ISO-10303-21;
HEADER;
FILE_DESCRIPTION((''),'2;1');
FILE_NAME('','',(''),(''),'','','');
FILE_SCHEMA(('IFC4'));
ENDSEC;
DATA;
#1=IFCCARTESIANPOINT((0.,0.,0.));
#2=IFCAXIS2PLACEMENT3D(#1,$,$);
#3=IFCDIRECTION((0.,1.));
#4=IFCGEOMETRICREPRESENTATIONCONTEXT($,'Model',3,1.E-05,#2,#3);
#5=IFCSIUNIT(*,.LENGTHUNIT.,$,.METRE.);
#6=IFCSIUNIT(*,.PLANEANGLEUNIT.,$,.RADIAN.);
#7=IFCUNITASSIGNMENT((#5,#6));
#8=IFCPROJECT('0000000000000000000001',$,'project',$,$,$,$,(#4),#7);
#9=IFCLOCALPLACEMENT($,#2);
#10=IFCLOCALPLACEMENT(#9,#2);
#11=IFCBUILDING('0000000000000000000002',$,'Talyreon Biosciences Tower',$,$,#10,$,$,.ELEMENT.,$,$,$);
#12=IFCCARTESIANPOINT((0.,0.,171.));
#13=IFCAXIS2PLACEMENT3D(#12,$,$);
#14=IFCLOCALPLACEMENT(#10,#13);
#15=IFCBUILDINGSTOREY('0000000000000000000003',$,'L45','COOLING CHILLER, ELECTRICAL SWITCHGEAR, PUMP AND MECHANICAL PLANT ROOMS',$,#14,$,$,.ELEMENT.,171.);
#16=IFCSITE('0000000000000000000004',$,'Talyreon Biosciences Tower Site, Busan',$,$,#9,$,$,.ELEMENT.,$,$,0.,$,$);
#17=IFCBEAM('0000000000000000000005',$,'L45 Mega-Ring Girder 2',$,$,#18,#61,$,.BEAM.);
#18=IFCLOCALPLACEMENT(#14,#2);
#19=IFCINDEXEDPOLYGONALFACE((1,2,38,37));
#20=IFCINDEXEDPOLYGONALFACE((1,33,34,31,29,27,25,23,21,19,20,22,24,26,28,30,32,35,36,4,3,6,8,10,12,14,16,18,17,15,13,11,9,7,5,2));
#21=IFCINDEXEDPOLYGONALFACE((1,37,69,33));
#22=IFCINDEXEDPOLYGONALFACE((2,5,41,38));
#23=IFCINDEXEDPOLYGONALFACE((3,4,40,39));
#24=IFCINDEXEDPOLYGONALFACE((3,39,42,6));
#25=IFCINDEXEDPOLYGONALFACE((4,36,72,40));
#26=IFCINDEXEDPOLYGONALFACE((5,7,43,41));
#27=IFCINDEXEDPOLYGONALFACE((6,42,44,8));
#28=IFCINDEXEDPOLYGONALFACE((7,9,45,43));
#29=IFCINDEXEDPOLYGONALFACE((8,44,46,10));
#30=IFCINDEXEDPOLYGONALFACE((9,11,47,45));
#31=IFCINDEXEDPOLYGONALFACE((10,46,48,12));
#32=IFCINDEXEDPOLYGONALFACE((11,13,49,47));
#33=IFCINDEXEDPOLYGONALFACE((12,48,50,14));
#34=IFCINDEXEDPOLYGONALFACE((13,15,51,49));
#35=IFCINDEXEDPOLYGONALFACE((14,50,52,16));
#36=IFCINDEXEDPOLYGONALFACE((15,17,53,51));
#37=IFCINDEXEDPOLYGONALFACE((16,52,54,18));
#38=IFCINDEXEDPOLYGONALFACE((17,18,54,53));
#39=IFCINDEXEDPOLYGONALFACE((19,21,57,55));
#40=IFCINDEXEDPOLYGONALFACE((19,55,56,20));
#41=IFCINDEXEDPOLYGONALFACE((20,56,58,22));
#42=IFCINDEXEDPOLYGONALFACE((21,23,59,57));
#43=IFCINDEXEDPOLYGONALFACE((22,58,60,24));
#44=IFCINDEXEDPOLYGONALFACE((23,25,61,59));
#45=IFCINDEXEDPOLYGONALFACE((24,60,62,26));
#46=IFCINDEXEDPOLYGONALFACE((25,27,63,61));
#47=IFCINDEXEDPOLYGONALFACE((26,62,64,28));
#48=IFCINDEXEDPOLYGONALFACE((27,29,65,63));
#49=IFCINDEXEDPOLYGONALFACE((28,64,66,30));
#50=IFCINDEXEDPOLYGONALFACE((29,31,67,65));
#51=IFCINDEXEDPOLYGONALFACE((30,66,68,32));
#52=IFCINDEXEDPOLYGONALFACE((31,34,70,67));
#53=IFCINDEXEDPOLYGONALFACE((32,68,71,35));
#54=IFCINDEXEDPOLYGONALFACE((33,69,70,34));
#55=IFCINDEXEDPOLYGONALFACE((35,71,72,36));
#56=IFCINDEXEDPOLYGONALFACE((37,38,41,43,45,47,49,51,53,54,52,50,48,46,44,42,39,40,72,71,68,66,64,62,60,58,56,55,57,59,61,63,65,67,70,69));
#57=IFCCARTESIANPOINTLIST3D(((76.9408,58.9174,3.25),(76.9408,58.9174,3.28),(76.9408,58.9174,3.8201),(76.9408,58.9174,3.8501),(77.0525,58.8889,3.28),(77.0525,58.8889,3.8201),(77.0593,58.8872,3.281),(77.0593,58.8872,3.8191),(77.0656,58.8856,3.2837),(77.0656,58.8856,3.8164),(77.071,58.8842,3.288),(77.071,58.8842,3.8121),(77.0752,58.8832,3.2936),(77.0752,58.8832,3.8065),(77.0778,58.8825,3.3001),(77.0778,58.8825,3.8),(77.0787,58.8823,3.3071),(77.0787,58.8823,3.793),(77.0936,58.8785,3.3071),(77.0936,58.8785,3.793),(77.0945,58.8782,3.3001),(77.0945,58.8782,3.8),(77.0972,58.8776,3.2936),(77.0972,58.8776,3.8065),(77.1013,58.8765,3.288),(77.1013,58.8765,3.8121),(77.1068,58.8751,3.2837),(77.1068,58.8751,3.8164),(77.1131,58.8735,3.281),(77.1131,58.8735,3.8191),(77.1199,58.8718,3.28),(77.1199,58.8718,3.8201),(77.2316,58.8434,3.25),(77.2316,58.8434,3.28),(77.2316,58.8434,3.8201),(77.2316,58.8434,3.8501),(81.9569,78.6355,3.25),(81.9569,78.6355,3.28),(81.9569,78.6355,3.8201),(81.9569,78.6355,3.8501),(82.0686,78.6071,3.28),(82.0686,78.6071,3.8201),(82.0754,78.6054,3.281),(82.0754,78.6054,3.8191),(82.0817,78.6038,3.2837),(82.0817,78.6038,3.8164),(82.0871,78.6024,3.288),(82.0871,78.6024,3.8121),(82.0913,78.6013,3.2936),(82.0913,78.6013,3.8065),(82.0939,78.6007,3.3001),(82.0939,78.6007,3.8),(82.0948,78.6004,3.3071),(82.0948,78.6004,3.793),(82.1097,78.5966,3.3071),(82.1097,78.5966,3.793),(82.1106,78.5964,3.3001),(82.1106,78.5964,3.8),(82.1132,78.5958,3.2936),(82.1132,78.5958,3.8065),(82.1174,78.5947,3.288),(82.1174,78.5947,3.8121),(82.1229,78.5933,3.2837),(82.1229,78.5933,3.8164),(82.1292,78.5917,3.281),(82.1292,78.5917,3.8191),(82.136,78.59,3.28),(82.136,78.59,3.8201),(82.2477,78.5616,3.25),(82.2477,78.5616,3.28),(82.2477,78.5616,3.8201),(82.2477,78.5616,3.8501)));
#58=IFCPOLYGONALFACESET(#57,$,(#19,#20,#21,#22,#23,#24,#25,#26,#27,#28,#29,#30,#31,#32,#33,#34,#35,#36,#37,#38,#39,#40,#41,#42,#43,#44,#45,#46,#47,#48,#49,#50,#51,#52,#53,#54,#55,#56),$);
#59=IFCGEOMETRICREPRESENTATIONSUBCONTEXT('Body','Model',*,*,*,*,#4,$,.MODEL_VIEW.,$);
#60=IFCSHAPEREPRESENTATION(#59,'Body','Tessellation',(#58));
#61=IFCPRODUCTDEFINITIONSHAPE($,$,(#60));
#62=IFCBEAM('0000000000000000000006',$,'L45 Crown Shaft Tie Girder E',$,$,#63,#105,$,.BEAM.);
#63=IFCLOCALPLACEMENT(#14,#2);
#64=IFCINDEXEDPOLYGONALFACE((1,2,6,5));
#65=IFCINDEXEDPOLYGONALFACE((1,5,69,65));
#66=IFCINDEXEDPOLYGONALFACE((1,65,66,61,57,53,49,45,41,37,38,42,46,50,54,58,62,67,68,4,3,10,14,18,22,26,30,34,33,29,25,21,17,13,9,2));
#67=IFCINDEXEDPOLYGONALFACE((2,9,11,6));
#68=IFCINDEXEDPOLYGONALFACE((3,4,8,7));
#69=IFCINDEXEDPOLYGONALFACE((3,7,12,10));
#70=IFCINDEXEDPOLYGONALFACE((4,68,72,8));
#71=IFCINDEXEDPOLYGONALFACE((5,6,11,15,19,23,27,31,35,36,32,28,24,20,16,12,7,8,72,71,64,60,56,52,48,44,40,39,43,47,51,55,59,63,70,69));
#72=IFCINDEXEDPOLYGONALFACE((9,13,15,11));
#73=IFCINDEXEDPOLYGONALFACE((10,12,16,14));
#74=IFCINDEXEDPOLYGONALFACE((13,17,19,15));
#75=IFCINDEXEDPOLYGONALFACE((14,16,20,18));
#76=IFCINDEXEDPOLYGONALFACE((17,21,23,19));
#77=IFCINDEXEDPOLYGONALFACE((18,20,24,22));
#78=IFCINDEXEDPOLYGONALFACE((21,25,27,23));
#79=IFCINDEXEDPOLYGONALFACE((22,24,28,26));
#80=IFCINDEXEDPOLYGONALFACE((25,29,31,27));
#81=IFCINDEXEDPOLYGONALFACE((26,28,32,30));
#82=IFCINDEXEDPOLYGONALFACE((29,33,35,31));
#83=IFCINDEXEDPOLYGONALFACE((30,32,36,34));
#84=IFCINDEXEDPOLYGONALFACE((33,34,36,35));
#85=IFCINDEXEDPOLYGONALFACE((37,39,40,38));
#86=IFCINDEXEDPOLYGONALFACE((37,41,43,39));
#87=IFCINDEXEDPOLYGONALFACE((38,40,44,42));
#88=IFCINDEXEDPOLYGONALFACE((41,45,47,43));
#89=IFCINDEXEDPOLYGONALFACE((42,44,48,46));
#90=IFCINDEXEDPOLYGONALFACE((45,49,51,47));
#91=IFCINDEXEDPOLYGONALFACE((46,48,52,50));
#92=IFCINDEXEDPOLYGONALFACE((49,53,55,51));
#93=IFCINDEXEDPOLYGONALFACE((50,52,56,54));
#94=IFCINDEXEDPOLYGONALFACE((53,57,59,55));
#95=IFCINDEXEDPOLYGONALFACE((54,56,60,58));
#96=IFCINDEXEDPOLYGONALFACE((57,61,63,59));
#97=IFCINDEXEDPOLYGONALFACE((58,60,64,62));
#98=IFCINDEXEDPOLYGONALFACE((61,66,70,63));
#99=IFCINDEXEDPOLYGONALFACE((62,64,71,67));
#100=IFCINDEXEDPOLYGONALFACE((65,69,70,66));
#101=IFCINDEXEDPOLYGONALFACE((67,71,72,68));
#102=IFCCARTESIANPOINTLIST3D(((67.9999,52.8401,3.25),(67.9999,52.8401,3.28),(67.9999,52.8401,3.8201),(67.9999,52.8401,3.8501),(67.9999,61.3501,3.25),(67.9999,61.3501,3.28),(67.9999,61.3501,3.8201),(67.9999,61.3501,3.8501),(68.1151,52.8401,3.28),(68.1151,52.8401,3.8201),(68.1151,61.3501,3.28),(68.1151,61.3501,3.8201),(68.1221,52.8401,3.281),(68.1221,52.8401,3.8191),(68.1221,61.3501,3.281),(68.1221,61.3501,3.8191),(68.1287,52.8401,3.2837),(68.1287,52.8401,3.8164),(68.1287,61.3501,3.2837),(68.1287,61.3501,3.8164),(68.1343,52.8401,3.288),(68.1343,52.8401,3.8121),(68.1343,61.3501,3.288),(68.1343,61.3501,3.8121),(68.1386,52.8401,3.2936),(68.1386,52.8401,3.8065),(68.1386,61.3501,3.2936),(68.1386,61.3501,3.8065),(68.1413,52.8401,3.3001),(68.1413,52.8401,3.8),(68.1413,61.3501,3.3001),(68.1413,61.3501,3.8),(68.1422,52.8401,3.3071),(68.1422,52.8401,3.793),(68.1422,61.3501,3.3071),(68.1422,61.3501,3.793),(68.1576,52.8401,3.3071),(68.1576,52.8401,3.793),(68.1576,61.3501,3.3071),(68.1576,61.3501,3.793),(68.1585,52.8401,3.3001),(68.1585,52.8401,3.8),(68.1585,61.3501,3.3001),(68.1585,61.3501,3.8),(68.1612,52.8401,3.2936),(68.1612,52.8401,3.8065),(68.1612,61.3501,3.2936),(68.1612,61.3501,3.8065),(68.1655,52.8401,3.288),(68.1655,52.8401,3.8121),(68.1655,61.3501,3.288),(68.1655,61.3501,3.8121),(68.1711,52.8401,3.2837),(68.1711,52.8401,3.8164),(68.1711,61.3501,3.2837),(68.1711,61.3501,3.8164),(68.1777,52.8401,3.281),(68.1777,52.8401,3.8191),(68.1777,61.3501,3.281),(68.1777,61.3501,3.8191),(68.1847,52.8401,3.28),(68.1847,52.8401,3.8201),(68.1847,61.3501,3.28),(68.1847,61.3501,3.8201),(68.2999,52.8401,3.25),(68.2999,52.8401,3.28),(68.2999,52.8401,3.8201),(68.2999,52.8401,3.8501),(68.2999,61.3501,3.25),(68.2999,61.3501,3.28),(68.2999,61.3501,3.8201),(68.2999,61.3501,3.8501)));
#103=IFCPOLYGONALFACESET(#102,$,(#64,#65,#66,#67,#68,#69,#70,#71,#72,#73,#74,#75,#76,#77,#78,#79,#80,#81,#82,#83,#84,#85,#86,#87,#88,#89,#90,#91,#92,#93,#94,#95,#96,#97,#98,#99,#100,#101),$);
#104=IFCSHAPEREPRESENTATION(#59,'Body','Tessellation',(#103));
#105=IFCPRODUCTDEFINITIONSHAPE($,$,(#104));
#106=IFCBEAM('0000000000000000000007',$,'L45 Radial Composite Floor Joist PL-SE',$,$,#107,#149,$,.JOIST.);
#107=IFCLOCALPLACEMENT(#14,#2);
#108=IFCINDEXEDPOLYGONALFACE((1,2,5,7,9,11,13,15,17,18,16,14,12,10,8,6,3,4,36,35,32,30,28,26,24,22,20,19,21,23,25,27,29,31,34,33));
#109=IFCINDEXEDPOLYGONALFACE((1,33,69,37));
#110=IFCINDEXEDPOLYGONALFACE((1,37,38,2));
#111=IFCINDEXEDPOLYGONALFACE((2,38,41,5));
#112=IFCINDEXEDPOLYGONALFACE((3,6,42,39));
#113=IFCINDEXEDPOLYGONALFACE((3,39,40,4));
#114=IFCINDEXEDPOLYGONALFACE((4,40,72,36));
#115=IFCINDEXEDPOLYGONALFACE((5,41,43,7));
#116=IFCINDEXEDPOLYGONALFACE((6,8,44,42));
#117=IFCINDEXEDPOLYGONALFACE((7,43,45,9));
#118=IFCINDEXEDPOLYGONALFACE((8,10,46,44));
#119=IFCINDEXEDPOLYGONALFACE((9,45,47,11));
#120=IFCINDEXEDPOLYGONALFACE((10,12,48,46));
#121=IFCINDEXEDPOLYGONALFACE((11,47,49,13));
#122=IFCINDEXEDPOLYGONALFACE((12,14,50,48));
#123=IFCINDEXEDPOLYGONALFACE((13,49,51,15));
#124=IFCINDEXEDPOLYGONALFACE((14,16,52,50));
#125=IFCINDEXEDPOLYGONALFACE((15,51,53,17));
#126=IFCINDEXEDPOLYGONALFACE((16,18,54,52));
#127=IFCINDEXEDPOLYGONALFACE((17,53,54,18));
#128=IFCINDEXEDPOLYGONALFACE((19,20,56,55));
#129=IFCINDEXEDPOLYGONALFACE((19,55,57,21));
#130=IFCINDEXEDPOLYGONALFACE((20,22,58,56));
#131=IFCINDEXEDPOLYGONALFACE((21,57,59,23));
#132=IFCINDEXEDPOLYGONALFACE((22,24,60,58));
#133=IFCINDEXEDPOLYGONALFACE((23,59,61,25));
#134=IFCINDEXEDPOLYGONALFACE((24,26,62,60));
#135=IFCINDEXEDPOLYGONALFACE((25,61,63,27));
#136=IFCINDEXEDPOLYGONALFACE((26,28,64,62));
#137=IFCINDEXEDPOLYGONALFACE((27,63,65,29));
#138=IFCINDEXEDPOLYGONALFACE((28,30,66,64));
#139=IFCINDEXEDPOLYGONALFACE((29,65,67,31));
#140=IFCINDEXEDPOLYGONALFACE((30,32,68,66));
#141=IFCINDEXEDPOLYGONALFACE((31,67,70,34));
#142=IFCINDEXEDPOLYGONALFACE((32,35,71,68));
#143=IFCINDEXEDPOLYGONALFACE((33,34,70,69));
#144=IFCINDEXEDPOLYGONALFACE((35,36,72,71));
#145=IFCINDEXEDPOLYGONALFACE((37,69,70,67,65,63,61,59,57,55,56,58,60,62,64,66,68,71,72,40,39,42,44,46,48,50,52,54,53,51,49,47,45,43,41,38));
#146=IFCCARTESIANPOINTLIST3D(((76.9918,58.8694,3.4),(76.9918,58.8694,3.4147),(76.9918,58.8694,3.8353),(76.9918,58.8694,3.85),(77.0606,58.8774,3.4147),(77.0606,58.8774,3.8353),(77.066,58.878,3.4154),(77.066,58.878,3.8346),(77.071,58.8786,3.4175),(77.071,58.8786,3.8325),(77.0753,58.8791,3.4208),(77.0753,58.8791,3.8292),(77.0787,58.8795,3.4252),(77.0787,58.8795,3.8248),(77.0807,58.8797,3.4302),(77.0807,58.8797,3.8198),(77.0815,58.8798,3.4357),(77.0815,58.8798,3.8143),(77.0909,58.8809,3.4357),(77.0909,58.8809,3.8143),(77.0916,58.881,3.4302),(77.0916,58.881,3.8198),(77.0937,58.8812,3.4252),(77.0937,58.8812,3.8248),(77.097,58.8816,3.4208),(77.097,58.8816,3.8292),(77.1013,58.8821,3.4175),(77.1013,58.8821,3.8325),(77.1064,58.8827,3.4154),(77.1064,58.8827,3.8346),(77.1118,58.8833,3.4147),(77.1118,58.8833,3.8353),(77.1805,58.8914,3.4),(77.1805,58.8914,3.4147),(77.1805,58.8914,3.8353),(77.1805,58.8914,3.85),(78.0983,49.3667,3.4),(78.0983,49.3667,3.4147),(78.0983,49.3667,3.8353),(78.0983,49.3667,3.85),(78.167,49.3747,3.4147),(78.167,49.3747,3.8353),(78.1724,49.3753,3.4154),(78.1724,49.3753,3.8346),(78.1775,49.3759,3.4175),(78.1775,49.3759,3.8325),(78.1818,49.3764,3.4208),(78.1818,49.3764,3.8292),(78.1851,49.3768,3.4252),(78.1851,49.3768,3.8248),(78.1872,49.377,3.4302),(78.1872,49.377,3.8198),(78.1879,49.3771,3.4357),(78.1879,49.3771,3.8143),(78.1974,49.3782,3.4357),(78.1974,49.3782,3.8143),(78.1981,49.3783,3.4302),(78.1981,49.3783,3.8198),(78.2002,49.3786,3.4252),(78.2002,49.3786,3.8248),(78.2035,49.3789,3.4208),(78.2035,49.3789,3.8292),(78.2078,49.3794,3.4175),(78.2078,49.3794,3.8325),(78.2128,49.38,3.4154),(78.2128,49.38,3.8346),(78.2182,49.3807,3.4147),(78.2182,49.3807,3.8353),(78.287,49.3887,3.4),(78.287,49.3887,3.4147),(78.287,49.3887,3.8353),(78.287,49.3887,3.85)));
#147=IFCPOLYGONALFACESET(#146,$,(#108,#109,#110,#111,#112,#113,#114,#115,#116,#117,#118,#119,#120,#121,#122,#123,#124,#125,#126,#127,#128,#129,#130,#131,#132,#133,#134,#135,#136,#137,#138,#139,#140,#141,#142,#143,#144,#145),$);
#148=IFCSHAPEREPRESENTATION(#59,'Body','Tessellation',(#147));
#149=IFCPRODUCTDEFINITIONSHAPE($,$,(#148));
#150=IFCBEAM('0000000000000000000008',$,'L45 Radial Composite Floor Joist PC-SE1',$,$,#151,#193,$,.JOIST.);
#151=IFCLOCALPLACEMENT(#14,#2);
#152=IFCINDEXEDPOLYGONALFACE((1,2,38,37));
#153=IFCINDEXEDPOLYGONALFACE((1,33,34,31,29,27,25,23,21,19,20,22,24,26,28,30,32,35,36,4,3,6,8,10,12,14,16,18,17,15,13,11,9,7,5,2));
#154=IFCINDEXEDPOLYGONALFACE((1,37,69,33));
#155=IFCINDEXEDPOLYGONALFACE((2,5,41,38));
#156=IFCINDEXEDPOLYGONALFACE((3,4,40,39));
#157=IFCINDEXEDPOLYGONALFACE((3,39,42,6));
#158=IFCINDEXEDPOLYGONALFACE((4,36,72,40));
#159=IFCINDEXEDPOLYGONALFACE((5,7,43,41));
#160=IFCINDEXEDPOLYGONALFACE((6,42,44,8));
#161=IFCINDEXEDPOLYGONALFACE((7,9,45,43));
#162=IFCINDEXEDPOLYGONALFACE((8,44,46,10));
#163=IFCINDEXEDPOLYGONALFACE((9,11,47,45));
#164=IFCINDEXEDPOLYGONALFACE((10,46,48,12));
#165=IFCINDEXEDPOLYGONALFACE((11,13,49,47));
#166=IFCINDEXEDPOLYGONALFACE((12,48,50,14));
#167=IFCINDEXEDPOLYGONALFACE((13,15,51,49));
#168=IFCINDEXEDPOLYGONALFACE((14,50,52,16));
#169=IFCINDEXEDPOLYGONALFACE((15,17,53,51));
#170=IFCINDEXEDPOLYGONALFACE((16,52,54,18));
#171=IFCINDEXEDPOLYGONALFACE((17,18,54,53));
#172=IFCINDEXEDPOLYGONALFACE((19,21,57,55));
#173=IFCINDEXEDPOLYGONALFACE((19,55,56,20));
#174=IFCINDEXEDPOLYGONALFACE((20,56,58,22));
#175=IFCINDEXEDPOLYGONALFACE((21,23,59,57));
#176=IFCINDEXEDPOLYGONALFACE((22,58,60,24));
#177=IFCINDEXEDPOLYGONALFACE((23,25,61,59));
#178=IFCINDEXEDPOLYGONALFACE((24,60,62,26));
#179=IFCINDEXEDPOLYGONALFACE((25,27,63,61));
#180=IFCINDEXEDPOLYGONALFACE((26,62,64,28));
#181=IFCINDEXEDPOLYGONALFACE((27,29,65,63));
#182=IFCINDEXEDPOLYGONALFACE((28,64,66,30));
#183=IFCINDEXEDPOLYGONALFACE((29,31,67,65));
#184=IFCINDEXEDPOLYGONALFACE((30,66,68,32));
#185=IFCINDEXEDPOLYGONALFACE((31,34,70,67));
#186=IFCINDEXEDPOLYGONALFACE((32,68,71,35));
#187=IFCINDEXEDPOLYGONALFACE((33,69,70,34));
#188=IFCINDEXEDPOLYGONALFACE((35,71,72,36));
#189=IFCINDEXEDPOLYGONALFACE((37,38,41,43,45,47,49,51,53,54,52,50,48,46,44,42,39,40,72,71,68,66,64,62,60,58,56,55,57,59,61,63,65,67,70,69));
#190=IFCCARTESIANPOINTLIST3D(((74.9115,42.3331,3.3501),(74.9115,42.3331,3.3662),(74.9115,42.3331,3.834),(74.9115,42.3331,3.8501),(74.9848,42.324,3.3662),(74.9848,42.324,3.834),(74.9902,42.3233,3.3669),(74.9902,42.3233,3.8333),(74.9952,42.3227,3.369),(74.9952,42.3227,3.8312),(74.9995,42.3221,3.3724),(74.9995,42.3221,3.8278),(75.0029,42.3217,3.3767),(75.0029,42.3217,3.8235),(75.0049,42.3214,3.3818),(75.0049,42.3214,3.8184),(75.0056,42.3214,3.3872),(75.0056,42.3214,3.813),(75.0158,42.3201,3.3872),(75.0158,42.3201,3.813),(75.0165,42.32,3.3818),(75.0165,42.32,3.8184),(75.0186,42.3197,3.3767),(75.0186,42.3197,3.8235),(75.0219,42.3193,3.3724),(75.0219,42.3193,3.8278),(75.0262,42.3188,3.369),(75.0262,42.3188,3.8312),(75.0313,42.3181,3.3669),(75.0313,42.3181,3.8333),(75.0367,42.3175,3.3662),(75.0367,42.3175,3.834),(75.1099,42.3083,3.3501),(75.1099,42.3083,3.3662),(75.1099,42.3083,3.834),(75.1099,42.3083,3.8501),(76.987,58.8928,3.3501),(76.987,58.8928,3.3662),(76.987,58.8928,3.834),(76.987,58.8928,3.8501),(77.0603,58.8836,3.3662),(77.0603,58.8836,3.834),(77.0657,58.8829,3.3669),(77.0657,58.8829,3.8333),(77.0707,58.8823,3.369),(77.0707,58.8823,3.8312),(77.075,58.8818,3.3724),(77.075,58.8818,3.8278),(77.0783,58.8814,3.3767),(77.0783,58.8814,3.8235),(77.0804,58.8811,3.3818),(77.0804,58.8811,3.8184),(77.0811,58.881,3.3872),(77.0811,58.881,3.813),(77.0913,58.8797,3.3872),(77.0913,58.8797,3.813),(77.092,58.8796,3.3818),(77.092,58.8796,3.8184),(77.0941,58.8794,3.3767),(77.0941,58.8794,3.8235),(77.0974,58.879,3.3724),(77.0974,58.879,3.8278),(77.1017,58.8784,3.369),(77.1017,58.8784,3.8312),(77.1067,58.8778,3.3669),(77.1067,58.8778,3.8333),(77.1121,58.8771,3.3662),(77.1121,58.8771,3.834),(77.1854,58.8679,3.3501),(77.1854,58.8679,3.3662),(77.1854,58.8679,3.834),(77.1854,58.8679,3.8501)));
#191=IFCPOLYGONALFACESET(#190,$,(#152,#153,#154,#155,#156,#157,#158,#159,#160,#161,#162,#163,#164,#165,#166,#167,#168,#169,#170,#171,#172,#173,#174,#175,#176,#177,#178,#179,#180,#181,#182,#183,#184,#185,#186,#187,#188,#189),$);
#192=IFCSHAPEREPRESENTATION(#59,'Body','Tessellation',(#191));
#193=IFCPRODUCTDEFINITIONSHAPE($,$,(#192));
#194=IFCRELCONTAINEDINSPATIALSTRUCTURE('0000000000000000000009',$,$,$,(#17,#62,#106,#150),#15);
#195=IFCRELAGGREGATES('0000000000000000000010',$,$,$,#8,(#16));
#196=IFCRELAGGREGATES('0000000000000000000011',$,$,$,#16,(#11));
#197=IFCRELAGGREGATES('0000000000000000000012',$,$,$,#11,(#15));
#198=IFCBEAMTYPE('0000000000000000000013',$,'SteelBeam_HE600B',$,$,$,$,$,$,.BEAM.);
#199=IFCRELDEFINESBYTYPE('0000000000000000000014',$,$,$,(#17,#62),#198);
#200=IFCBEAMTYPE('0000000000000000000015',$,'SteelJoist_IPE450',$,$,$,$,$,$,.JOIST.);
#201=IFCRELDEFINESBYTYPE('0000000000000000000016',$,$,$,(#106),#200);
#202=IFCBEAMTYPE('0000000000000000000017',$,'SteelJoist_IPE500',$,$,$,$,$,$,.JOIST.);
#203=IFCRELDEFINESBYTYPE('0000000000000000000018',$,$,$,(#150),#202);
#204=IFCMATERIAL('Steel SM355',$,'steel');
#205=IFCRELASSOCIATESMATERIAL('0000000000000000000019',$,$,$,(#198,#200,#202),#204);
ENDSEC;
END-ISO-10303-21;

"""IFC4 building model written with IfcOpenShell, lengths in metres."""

from ifc_helpers import new_model, si_unit, direction, frame, origin, origin_2d, place, context, subcontext, project, spatial, i_section, extrude, material, material_profile, profile_set, type_object, element, save


model = new_model("IFC4")

# Units and contexts
model_context = context("Model", 3, precision=1e-05, world=origin(), true_north=direction((0.0, 1.0)))
body_context = subcontext(model_context, "Body", "Model", "MODEL_VIEW")
ifc_project = project(units=[si_unit("LENGTHUNIT", "METRE"), si_unit("PLANEANGLEUNIT", "RADIAN")], contexts=[model_context])

# Site, building, storey
site_placement = place(None, origin())
site = spatial("IfcSite", under=ifc_project, at=site_placement, Name="Talyreon Biosciences Tower Site, Busan", CompositionType="ELEMENT", RefElevation=0.0)
building_placement = place(site_placement, origin())
building = spatial("IfcBuilding", under=site, at=building_placement, Name="Talyreon Biosciences Tower", CompositionType="ELEMENT")
storey_placement = place(building_placement, frame((0.0, 0.0, 171.0)))
storey = spatial("IfcBuildingStorey", under=building, at=storey_placement, Name="L45", Description="COOLING CHILLER, ELECTRICAL SWITCHGEAR, PUMP AND MECHANICAL PLANT ROOMS", CompositionType="ELEMENT", Elevation=171.0)

# Shared definitions
ifc_material_1 = material(Name="Steel SM355", Category="steel")

# Beams
ifc_material_profile_1 = material_profile(ifc_material_1, i_section(OverallWidth=0.3, OverallDepth=0.6001, WebThickness=0.0154, FlangeThickness=0.03, FilletRadius=0.0271, at=origin_2d()), Name="HE600B")
ifc_profile_set_1 = profile_set([ifc_material_profile_1], Name="Steel SM355")
beam_type_1 = type_object("IfcBeamType", Name="SteelBeam_HE600B", PredefinedType="BEAM", material=ifc_profile_set_1)
beam_1_placement = place(storey_placement, frame((77.0862, 58.8804, 3.55), z_axis=(0.246537, 0.969133, 0.0), x_axis=(-0.969133, 0.246537, 0.0)))
element("IfcBeam", 1, at=beam_1_placement, inside=storey, type_object=beam_type_1, Name="L45 Mega-Ring Girder 2", PredefinedType="BEAM", context=body_context, shape_type="SweptSolid", body=[
    extrude(i_section(OverallWidth=0.3, OverallDepth=0.6001, WebThickness=0.0154, FlangeThickness=0.03, FilletRadius=0.0271, at=origin_2d()), origin(), (0.0, 0.0, 1.0), 20.3462),
])
beam_2_placement = place(storey_placement, frame((68.1499, 52.8401, 3.55), z_axis=(0.0, 1.0, 0.0), x_axis=(-1.0, 0.0, 0.0)))
element("IfcBeam", 2, at=beam_2_placement, inside=storey, type_object=beam_type_1, Name="L45 Crown Shaft Tie Girder E", PredefinedType="BEAM", context=body_context, shape_type="SweptSolid", body=[
    extrude(i_section(OverallWidth=0.3, OverallDepth=0.6001, WebThickness=0.0154, FlangeThickness=0.03, FilletRadius=0.0271, at=origin_2d()), origin(), (0.0, 0.0, 1.0), 8.51),
])
ifc_material_profile_2 = material_profile(ifc_material_1, i_section(OverallWidth=0.1899, OverallDepth=0.45, WebThickness=0.0095, FlangeThickness=0.0146, FilletRadius=0.021, at=origin_2d()), Name="IPE450")
ifc_profile_set_2 = profile_set([ifc_material_profile_2], Name="Steel SM355")
beam_type_2 = type_object("IfcBeamType", Name="SteelJoist_IPE450", PredefinedType="JOIST", material=ifc_profile_set_2)
beam_3_placement = place(storey_placement, frame((77.0862, 58.8804, 3.625), z_axis=(0.115654, -0.99329, 0.0), x_axis=(0.99329, 0.115654, 0.0)))
element("IfcBeam", 3, at=beam_3_placement, inside=storey, type_object=beam_type_2, Name="L45 Radial Composite Floor Joist PL-SE", PredefinedType="JOIST", context=body_context, shape_type="SweptSolid", body=[
    extrude(i_section(OverallWidth=0.1899, OverallDepth=0.45, WebThickness=0.0095, FlangeThickness=0.0146, FilletRadius=0.021, at=origin_2d()), origin(), (0.0, 0.0, 1.0), 9.5669),
])
ifc_material_profile_3 = material_profile(ifc_material_1, i_section(OverallWidth=0.2, OverallDepth=0.5, WebThickness=0.0103, FlangeThickness=0.0161, FilletRadius=0.021, at=origin_2d()), Name="IPE500")
ifc_profile_set_3 = profile_set([ifc_material_profile_3], Name="Steel SM355")
beam_type_3 = type_object("IfcBeamType", Name="SteelJoist_IPE500", PredefinedType="JOIST", material=ifc_profile_set_3)
beam_4_placement = place(storey_placement, frame((77.0862, 58.8804, 3.6001), z_axis=(-0.124359, -0.992237, 0.0), x_axis=(0.992237, -0.124359, 0.0)))
element("IfcBeam", 4, at=beam_4_placement, inside=storey, type_object=beam_type_3, Name="L45 Radial Composite Floor Joist PC-SE1", PredefinedType="JOIST", context=body_context, shape_type="SweptSolid", body=[
    extrude(i_section(OverallWidth=0.2, OverallDepth=0.5, WebThickness=0.0103, FlangeThickness=0.0161, FilletRadius=0.021, at=origin_2d()), origin(), (0.0, 0.0, 1.0), 16.6892),
])

save(model, "model.ifc")
